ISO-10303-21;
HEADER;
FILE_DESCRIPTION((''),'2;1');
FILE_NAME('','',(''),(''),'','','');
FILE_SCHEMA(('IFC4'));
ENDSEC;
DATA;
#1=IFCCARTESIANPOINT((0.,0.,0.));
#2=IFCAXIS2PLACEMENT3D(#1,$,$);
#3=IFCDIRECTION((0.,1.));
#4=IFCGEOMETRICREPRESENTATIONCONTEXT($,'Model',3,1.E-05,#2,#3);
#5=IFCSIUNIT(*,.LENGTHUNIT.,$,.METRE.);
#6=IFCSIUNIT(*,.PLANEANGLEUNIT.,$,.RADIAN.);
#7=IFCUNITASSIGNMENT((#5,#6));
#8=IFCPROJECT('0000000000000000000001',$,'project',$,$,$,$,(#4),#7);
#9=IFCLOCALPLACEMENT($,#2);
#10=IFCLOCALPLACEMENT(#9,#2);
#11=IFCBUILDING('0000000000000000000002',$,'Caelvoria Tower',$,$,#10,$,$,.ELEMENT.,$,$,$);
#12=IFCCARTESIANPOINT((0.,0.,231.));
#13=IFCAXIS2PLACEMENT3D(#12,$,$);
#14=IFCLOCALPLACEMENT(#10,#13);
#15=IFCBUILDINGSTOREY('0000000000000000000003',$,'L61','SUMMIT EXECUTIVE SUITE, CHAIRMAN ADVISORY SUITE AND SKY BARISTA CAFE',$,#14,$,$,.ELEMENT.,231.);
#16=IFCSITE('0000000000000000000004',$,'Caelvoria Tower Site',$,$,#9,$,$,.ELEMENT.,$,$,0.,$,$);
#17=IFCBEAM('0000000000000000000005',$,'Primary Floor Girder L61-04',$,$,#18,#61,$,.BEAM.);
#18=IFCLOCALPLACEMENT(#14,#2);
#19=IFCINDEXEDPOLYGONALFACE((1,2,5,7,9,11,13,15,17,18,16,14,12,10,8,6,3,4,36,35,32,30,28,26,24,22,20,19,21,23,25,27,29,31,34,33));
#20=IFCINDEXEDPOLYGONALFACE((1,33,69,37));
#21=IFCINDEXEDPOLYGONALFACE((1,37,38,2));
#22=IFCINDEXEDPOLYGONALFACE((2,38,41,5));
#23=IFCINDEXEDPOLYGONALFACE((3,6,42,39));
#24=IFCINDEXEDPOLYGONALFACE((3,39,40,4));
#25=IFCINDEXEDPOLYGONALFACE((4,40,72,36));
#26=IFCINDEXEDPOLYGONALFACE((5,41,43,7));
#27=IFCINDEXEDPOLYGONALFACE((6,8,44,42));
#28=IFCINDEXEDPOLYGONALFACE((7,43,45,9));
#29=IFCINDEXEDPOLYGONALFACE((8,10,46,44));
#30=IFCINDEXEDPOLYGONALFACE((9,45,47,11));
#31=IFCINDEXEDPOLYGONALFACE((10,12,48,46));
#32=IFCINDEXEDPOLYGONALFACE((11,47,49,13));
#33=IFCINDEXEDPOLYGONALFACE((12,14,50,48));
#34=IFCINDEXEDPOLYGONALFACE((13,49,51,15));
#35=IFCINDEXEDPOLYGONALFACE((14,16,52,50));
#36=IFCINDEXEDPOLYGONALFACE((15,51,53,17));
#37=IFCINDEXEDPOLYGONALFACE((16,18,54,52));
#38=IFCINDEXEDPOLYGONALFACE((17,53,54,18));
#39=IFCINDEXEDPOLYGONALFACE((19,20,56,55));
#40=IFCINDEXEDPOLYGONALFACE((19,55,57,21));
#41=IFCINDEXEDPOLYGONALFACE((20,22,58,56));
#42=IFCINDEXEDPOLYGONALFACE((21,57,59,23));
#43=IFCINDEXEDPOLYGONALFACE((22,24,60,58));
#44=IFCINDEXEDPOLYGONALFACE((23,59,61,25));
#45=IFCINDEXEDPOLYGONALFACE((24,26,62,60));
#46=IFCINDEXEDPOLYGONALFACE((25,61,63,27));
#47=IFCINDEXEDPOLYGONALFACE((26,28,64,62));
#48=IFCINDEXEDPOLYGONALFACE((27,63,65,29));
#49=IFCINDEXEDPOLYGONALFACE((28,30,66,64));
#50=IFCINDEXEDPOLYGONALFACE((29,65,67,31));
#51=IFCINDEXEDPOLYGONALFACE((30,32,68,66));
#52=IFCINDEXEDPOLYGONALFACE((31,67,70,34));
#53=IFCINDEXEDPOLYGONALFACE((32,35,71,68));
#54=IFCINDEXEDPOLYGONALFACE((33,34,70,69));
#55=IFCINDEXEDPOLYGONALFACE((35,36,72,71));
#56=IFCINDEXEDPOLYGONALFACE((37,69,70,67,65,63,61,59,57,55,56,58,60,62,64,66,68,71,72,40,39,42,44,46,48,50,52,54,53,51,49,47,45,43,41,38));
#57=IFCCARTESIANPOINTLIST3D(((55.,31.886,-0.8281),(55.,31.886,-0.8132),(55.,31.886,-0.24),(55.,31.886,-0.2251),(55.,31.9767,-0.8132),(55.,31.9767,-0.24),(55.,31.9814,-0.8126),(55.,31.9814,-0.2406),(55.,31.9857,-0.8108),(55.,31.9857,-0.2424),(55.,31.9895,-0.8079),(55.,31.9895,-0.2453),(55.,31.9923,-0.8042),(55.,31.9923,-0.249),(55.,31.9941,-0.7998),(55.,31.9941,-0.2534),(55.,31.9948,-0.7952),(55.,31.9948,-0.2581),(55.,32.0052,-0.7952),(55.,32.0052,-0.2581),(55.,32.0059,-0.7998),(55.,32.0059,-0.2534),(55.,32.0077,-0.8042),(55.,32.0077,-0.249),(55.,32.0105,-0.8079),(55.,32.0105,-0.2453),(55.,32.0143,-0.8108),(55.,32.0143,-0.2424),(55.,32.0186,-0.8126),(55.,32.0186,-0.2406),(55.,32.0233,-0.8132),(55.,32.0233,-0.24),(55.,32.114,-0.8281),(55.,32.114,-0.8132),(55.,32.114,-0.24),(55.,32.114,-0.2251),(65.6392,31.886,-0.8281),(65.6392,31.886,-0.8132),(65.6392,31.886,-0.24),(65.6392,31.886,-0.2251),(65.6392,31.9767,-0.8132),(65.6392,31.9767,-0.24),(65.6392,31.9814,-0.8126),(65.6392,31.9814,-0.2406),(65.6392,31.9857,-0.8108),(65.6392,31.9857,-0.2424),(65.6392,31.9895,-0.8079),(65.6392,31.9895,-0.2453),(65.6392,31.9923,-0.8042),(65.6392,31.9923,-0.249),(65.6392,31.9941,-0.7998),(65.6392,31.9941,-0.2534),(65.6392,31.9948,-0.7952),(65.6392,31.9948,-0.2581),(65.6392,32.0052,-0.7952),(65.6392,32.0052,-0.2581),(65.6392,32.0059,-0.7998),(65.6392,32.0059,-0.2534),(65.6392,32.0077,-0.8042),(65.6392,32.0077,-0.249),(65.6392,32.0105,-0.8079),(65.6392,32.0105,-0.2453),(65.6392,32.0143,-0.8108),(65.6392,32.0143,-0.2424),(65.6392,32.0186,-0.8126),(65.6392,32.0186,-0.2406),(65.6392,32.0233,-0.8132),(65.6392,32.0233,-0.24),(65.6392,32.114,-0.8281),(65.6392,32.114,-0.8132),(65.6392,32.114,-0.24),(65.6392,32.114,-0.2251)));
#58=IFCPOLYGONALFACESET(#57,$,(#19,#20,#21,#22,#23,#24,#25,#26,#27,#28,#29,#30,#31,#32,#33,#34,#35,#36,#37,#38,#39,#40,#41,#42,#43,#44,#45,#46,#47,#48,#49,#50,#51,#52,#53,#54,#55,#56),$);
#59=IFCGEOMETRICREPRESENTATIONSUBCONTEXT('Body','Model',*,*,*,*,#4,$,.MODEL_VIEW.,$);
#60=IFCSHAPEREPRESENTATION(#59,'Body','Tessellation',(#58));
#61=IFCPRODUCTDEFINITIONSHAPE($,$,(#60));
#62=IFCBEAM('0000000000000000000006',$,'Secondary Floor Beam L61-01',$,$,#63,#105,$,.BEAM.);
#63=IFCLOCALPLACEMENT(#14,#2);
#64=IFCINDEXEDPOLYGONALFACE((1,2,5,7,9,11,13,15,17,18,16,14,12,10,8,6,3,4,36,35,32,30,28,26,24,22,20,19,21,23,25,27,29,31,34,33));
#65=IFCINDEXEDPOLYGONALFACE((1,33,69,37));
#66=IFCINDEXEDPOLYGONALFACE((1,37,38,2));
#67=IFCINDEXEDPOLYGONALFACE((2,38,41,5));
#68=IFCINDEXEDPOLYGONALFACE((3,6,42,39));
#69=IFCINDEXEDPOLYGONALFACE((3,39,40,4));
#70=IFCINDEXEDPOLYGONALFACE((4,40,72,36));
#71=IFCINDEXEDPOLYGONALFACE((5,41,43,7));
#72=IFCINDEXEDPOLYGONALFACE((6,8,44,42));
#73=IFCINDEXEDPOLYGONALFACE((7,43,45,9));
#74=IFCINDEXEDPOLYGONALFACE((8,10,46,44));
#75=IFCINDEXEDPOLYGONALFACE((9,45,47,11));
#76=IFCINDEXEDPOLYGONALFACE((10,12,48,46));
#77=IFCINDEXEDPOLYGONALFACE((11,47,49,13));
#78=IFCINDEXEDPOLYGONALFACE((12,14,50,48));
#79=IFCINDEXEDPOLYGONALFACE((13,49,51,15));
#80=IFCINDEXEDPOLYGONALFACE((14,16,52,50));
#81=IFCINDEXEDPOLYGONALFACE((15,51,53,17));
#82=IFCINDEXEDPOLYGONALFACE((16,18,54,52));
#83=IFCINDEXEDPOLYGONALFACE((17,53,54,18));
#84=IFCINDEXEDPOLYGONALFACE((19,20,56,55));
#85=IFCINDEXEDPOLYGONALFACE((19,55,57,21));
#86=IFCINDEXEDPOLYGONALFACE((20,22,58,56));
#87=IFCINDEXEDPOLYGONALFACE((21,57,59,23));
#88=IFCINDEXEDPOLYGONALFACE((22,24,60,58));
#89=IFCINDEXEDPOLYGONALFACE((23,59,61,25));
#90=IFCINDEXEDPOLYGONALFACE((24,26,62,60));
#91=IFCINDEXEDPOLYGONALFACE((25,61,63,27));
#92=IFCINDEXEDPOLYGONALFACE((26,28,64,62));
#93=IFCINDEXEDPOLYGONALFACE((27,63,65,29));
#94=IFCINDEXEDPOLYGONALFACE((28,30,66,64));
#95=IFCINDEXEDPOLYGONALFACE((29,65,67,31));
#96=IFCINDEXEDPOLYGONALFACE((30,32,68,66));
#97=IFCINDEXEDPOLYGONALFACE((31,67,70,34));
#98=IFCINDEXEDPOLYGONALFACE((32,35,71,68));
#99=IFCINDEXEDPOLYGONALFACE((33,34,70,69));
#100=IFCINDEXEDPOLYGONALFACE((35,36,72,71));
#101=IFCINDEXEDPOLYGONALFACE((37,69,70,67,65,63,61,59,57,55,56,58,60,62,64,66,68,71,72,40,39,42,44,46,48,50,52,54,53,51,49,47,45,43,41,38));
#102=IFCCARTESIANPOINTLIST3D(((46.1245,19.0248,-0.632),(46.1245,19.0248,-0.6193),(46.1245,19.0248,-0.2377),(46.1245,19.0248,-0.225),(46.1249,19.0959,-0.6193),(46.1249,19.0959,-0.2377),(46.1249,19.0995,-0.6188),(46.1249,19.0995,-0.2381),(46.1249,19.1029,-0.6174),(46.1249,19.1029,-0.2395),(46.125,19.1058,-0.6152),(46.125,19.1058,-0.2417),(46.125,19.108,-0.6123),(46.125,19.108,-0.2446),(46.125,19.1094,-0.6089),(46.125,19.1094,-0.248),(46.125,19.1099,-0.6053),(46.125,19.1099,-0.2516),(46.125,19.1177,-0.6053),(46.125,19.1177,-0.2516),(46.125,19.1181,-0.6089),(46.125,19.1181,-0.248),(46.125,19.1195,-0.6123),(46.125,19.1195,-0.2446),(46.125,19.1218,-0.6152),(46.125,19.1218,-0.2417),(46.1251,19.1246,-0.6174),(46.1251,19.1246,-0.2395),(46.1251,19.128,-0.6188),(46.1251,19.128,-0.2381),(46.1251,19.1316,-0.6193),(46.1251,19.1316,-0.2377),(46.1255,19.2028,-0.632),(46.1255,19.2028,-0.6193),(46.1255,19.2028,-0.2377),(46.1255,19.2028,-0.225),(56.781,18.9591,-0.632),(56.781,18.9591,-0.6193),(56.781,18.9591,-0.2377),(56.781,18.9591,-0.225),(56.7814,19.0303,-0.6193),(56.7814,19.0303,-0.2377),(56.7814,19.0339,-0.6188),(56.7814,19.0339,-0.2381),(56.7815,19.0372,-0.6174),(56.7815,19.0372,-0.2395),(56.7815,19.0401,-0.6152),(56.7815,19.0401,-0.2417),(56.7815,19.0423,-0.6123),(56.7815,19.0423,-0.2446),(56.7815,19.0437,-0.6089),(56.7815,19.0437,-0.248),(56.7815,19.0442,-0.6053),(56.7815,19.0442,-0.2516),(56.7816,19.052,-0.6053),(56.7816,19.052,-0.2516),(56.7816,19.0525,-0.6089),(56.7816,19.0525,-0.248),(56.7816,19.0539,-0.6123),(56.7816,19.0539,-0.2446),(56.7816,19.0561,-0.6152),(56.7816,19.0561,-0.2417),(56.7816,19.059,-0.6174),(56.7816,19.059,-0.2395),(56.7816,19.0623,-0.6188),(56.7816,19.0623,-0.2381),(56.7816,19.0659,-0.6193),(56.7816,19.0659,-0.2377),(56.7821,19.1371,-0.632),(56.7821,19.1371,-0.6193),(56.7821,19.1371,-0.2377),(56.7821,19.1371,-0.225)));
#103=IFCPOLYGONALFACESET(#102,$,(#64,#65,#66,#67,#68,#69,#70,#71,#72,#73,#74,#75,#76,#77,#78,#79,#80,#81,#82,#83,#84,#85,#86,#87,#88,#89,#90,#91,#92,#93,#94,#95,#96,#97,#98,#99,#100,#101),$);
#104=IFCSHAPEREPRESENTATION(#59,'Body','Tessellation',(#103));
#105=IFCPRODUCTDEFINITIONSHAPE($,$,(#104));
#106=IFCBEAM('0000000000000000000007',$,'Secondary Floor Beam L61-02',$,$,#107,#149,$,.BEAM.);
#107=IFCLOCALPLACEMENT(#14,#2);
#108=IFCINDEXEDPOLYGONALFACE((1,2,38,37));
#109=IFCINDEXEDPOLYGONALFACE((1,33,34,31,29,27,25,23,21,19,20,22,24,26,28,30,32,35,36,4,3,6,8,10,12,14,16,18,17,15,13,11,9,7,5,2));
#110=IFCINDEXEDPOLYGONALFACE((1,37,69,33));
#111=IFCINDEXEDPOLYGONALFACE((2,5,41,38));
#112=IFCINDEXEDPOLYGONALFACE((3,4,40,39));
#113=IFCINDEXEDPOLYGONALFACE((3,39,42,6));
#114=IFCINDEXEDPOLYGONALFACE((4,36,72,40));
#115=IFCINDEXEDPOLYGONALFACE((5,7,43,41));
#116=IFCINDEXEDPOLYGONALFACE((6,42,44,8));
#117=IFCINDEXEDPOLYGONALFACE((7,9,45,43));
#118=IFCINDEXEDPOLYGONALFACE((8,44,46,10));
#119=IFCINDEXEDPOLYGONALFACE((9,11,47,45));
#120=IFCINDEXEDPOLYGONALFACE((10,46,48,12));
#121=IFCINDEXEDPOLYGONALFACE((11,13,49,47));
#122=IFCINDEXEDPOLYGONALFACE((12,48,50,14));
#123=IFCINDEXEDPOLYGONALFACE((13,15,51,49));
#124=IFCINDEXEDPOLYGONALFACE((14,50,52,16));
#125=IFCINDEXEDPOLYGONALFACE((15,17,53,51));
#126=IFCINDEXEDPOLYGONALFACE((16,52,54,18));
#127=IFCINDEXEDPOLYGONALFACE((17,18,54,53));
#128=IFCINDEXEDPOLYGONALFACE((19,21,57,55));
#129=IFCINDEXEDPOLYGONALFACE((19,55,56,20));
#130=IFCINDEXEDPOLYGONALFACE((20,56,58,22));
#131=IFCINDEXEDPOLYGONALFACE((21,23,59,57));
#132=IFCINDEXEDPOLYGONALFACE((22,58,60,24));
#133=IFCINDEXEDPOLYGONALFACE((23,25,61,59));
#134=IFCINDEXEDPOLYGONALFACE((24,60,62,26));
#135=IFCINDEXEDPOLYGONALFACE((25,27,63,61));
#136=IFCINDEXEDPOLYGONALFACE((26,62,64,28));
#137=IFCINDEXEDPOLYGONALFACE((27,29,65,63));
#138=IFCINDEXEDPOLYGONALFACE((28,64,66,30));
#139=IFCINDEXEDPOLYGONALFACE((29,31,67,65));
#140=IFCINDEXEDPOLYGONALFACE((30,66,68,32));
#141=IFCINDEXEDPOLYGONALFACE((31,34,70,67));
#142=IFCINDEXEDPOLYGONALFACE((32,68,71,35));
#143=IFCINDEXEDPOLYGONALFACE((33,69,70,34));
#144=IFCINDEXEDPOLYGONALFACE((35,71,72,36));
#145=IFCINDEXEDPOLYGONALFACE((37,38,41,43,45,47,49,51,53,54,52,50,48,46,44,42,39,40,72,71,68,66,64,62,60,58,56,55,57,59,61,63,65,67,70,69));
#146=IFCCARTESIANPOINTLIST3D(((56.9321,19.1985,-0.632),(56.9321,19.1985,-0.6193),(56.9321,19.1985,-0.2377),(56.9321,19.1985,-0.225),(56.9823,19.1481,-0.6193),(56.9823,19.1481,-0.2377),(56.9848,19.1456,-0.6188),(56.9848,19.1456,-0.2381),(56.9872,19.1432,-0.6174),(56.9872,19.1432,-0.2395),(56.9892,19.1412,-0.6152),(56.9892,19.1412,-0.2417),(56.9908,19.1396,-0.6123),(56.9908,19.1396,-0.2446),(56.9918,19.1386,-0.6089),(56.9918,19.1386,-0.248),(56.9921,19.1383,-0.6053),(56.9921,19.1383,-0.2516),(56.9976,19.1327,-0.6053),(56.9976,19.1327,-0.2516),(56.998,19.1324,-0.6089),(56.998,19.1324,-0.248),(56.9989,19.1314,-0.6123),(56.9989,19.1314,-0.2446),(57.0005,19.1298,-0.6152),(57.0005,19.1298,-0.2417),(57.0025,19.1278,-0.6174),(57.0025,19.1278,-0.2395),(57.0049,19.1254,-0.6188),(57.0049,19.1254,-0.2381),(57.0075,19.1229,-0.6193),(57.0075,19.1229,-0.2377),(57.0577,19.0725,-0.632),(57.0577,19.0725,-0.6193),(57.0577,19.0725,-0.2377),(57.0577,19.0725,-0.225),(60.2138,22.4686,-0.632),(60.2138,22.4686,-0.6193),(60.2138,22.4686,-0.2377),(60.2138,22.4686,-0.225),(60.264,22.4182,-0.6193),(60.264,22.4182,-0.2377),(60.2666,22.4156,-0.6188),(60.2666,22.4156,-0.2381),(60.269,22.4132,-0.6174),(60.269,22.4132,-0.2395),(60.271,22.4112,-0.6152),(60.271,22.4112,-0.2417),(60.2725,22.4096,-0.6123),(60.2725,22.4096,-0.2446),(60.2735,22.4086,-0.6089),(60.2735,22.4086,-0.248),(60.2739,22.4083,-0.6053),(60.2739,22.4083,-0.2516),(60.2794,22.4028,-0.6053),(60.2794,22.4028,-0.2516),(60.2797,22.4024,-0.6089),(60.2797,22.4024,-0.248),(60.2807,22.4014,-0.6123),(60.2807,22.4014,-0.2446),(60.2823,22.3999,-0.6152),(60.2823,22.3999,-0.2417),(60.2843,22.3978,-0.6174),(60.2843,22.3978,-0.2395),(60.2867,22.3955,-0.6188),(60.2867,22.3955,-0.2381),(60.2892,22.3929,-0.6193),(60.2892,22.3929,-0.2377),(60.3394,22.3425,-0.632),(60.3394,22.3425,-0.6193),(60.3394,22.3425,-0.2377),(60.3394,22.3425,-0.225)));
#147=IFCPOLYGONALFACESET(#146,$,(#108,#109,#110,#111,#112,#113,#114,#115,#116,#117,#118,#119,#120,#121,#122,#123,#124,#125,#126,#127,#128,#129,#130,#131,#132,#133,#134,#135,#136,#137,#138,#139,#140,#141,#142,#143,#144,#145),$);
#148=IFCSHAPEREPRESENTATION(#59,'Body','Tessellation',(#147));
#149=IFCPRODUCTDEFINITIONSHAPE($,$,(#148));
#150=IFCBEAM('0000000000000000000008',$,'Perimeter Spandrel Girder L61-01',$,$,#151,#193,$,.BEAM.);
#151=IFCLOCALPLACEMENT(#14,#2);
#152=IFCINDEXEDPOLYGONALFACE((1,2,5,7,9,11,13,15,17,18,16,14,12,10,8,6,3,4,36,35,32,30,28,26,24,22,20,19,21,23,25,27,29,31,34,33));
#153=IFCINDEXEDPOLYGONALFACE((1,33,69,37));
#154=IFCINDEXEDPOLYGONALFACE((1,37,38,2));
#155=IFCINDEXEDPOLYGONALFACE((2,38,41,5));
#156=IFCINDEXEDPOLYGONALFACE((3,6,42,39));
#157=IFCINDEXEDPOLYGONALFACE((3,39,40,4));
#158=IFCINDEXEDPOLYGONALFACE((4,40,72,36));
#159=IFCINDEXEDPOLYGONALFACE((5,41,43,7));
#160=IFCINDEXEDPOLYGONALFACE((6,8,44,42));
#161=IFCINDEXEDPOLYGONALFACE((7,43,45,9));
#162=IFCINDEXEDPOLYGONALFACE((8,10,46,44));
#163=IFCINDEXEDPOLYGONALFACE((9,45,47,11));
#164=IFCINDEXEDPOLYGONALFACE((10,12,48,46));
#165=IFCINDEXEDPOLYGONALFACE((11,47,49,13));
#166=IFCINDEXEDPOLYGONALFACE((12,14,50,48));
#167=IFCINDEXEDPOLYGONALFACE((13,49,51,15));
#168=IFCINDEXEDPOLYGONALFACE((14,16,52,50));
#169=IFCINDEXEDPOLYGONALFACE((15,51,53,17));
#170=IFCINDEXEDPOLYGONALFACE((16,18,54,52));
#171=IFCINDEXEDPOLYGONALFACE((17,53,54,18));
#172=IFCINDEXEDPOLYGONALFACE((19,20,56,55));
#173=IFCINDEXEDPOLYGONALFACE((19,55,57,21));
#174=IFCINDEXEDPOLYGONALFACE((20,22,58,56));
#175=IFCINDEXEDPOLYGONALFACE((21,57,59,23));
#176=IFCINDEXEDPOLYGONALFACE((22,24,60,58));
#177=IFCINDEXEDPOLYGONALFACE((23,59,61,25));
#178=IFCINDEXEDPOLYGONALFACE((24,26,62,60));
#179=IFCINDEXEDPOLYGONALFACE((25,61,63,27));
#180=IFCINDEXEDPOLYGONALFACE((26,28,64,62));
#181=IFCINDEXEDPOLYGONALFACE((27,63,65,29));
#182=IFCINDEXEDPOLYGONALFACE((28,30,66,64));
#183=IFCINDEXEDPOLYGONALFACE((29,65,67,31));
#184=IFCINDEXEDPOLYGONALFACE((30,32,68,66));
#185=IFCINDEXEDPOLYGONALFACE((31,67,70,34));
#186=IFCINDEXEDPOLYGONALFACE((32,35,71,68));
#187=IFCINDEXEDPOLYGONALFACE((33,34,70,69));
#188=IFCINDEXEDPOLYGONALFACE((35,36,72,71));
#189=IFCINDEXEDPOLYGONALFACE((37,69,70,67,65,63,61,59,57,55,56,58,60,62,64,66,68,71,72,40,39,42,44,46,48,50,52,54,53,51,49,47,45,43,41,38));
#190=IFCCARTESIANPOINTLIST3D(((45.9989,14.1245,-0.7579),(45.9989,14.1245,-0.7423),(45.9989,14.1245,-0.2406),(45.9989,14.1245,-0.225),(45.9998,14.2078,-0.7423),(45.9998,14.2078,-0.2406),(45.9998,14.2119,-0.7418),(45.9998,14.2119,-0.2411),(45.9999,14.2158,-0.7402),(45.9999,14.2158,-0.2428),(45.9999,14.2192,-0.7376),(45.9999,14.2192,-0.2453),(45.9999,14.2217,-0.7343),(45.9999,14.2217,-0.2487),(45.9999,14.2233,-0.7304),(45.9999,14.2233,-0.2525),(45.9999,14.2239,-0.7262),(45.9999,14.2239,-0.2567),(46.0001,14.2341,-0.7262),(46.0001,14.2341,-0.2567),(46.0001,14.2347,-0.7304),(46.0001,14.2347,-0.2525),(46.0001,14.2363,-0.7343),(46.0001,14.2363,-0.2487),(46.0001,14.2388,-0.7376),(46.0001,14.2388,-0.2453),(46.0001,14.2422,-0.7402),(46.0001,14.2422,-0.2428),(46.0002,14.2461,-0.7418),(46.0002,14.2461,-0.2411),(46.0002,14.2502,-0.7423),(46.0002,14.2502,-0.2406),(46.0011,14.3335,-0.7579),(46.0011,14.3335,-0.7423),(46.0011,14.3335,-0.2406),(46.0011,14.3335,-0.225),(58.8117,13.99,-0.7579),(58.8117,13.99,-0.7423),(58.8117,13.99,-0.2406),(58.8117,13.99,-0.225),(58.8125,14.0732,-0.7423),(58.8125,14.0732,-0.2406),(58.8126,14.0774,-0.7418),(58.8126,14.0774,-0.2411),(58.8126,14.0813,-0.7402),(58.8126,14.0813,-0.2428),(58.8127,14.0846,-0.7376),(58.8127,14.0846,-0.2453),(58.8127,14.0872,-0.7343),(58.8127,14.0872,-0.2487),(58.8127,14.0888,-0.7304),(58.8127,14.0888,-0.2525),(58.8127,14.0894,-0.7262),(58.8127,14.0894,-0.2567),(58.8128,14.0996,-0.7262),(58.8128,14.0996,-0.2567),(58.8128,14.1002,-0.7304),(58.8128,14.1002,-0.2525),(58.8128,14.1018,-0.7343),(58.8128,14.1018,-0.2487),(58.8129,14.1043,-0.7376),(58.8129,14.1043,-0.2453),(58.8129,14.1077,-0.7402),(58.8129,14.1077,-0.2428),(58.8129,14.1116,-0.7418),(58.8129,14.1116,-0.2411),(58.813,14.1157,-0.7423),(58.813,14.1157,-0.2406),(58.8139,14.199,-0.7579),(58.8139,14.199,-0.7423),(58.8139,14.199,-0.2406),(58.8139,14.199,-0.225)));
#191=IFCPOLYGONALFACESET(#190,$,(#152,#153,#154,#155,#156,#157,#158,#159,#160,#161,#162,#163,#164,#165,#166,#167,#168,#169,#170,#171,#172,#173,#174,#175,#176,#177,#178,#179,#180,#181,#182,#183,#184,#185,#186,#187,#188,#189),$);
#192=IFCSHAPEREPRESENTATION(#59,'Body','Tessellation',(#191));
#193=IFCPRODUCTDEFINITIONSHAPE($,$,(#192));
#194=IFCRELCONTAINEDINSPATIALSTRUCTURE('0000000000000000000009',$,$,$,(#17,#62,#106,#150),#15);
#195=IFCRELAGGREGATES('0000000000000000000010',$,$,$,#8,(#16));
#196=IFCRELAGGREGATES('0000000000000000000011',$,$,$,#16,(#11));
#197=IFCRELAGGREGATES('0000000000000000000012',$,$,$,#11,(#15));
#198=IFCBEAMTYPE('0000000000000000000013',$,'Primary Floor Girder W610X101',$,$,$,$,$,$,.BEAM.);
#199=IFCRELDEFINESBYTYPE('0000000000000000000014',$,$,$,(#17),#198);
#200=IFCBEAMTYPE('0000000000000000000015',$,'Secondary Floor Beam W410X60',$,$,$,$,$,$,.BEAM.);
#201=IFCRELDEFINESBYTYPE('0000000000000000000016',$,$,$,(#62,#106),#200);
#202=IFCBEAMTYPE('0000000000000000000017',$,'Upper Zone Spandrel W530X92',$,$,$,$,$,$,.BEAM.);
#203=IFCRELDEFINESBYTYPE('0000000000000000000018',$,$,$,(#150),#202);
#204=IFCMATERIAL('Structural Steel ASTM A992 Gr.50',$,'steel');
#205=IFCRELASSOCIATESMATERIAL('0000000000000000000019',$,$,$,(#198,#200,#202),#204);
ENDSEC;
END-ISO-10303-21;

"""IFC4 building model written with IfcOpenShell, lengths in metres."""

from ifc_helpers import new_model, si_unit, direction, frame, origin, origin_2d, place, context, subcontext, project, spatial, i_section, extrude, material, material_profile, profile_set, type_object, element, save


model = new_model("IFC4")

# Units and contexts
model_context = context("Model", 3, precision=1e-05, world=origin(), true_north=direction((0.0, 1.0)))
body_context = subcontext(model_context, "Body", "Model", "MODEL_VIEW")
ifc_project = project(units=[si_unit("LENGTHUNIT", "METRE"), si_unit("PLANEANGLEUNIT", "RADIAN")], contexts=[model_context])

# Site, building, storey
site_placement = place(None, origin())
site = spatial("IfcSite", under=ifc_project, at=site_placement, Name="Caelvoria Tower Site", CompositionType="ELEMENT", RefElevation=0.0)
building_placement = place(site_placement, origin())
building = spatial("IfcBuilding", under=site, at=building_placement, Name="Caelvoria Tower", CompositionType="ELEMENT")
storey_placement = place(building_placement, frame((0.0, 0.0, 231.0)))
storey = spatial("IfcBuildingStorey", under=building, at=storey_placement, Name="L61", Description="SUMMIT EXECUTIVE SUITE, CHAIRMAN ADVISORY SUITE AND SKY BARISTA CAFE", CompositionType="ELEMENT", Elevation=231.0)

# Shared definitions
ifc_material_1 = material(Name="Structural Steel ASTM A992 Gr.50", Category="steel")

# Beams
ifc_material_profile_1 = material_profile(ifc_material_1, i_section(OverallWidth=0.228, OverallDepth=0.603, WebThickness=0.0105, FlangeThickness=0.0149, FilletRadius=0.0181, at=origin_2d()), Name="Structural Steel ASTM A992 Gr.50")
ifc_profile_set_1 = profile_set([ifc_material_profile_1], Name="W610X101 - Structural Steel ASTM A992 Gr.50")
beam_type_1 = type_object("IfcBeamType", Name="Primary Floor Girder W610X101", PredefinedType="BEAM", material=ifc_profile_set_1)
beam_1_placement = place(storey_placement, frame((55.0, 32.0, -0.5266), z_axis=(1.0, 0.0, 0.0), x_axis=(0.0, 1.0, 0.0)))
element("IfcBeam", 1, at=beam_1_placement, inside=storey, type_object=beam_type_1, Name="Primary Floor Girder L61-04", PredefinedType="BEAM", context=body_context, shape_type="SweptSolid", body=[
    extrude(i_section(OverallWidth=0.228, OverallDepth=0.603, WebThickness=0.0105, FlangeThickness=0.0149, FilletRadius=0.0181, at=origin_2d()), origin(), (0.0, 0.0, 1.0), 10.6392),
])
ifc_material_profile_2 = material_profile(ifc_material_1, i_section(OverallWidth=0.178, OverallDepth=0.407, WebThickness=0.0078, FlangeThickness=0.0127, FilletRadius=0.0139, at=origin_2d()), Name="Structural Steel ASTM A992 Gr.50")
ifc_profile_set_2 = profile_set([ifc_material_profile_2], Name="W410X60 - Structural Steel ASTM A992 Gr.50")
beam_type_2 = type_object("IfcBeamType", Name="Secondary Floor Beam W410X60", PredefinedType="BEAM", material=ifc_profile_set_2)
beam_2_placement = place(storey_placement, frame((46.125, 19.1138, -0.4285), z_axis=(0.999981, -0.006163, 0.0), x_axis=(0.006163, 0.999981, 0.0)))
element("IfcBeam", 2, at=beam_2_placement, inside=storey, type_object=beam_type_2, Name="Secondary Floor Beam L61-01", PredefinedType="BEAM", context=body_context, shape_type="SweptSolid", body=[
    extrude(i_section(OverallWidth=0.178, OverallDepth=0.407, WebThickness=0.0078, FlangeThickness=0.0127, FilletRadius=0.0139, at=origin_2d()), origin(), (0.0, 0.0, 1.0), 10.6567),
])
beam_3_placement = place(storey_placement, frame((56.9949, 19.1355, -0.4285), z_axis=(0.70837, 0.705841, 0.0), x_axis=(-0.705841, 0.70837, 0.0)))
element("IfcBeam", 3, at=beam_3_placement, inside=storey, type_object=beam_type_2, Name="Secondary Floor Beam L61-02", PredefinedType="BEAM", context=body_context, shape_type="SweptSolid", body=[
    extrude(i_section(OverallWidth=0.178, OverallDepth=0.407, WebThickness=0.0078, FlangeThickness=0.0127, FilletRadius=0.0139, at=origin_2d()), origin(), (0.0, 0.0, 1.0), 4.6328),
])
ifc_material_profile_3 = material_profile(ifc_material_1, i_section(OverallWidth=0.209, OverallDepth=0.533, WebThickness=0.0103, FlangeThickness=0.0156, FilletRadius=0.0161, at=origin_2d()), Name="Structural Steel ASTM A992 Gr.50")
ifc_profile_set_3 = profile_set([ifc_material_profile_3], Name="W530X92 - Structural Steel ASTM A992 Gr.50")
beam_type_3 = type_object("IfcBeamType", Name="Upper Zone Spandrel W530X92", PredefinedType="BEAM", material=ifc_profile_set_3)
beam_4_placement = place(storey_placement, frame((46.0, 14.229, -0.4915), z_axis=(0.999945, -0.010498, 0.0), x_axis=(0.010498, 0.999945, 0.0)))
element("IfcBeam", 4, at=beam_4_placement, inside=storey, type_object=beam_type_3, Name="Perimeter Spandrel Girder L61-01", PredefinedType="BEAM", context=body_context, shape_type="SweptSolid", body=[
    extrude(i_section(OverallWidth=0.209, OverallDepth=0.533, WebThickness=0.0103, FlangeThickness=0.0156, FilletRadius=0.0161, at=origin_2d()), origin(), (0.0, 0.0, 1.0), 12.8135),
])

save(model, "model.ifc")
